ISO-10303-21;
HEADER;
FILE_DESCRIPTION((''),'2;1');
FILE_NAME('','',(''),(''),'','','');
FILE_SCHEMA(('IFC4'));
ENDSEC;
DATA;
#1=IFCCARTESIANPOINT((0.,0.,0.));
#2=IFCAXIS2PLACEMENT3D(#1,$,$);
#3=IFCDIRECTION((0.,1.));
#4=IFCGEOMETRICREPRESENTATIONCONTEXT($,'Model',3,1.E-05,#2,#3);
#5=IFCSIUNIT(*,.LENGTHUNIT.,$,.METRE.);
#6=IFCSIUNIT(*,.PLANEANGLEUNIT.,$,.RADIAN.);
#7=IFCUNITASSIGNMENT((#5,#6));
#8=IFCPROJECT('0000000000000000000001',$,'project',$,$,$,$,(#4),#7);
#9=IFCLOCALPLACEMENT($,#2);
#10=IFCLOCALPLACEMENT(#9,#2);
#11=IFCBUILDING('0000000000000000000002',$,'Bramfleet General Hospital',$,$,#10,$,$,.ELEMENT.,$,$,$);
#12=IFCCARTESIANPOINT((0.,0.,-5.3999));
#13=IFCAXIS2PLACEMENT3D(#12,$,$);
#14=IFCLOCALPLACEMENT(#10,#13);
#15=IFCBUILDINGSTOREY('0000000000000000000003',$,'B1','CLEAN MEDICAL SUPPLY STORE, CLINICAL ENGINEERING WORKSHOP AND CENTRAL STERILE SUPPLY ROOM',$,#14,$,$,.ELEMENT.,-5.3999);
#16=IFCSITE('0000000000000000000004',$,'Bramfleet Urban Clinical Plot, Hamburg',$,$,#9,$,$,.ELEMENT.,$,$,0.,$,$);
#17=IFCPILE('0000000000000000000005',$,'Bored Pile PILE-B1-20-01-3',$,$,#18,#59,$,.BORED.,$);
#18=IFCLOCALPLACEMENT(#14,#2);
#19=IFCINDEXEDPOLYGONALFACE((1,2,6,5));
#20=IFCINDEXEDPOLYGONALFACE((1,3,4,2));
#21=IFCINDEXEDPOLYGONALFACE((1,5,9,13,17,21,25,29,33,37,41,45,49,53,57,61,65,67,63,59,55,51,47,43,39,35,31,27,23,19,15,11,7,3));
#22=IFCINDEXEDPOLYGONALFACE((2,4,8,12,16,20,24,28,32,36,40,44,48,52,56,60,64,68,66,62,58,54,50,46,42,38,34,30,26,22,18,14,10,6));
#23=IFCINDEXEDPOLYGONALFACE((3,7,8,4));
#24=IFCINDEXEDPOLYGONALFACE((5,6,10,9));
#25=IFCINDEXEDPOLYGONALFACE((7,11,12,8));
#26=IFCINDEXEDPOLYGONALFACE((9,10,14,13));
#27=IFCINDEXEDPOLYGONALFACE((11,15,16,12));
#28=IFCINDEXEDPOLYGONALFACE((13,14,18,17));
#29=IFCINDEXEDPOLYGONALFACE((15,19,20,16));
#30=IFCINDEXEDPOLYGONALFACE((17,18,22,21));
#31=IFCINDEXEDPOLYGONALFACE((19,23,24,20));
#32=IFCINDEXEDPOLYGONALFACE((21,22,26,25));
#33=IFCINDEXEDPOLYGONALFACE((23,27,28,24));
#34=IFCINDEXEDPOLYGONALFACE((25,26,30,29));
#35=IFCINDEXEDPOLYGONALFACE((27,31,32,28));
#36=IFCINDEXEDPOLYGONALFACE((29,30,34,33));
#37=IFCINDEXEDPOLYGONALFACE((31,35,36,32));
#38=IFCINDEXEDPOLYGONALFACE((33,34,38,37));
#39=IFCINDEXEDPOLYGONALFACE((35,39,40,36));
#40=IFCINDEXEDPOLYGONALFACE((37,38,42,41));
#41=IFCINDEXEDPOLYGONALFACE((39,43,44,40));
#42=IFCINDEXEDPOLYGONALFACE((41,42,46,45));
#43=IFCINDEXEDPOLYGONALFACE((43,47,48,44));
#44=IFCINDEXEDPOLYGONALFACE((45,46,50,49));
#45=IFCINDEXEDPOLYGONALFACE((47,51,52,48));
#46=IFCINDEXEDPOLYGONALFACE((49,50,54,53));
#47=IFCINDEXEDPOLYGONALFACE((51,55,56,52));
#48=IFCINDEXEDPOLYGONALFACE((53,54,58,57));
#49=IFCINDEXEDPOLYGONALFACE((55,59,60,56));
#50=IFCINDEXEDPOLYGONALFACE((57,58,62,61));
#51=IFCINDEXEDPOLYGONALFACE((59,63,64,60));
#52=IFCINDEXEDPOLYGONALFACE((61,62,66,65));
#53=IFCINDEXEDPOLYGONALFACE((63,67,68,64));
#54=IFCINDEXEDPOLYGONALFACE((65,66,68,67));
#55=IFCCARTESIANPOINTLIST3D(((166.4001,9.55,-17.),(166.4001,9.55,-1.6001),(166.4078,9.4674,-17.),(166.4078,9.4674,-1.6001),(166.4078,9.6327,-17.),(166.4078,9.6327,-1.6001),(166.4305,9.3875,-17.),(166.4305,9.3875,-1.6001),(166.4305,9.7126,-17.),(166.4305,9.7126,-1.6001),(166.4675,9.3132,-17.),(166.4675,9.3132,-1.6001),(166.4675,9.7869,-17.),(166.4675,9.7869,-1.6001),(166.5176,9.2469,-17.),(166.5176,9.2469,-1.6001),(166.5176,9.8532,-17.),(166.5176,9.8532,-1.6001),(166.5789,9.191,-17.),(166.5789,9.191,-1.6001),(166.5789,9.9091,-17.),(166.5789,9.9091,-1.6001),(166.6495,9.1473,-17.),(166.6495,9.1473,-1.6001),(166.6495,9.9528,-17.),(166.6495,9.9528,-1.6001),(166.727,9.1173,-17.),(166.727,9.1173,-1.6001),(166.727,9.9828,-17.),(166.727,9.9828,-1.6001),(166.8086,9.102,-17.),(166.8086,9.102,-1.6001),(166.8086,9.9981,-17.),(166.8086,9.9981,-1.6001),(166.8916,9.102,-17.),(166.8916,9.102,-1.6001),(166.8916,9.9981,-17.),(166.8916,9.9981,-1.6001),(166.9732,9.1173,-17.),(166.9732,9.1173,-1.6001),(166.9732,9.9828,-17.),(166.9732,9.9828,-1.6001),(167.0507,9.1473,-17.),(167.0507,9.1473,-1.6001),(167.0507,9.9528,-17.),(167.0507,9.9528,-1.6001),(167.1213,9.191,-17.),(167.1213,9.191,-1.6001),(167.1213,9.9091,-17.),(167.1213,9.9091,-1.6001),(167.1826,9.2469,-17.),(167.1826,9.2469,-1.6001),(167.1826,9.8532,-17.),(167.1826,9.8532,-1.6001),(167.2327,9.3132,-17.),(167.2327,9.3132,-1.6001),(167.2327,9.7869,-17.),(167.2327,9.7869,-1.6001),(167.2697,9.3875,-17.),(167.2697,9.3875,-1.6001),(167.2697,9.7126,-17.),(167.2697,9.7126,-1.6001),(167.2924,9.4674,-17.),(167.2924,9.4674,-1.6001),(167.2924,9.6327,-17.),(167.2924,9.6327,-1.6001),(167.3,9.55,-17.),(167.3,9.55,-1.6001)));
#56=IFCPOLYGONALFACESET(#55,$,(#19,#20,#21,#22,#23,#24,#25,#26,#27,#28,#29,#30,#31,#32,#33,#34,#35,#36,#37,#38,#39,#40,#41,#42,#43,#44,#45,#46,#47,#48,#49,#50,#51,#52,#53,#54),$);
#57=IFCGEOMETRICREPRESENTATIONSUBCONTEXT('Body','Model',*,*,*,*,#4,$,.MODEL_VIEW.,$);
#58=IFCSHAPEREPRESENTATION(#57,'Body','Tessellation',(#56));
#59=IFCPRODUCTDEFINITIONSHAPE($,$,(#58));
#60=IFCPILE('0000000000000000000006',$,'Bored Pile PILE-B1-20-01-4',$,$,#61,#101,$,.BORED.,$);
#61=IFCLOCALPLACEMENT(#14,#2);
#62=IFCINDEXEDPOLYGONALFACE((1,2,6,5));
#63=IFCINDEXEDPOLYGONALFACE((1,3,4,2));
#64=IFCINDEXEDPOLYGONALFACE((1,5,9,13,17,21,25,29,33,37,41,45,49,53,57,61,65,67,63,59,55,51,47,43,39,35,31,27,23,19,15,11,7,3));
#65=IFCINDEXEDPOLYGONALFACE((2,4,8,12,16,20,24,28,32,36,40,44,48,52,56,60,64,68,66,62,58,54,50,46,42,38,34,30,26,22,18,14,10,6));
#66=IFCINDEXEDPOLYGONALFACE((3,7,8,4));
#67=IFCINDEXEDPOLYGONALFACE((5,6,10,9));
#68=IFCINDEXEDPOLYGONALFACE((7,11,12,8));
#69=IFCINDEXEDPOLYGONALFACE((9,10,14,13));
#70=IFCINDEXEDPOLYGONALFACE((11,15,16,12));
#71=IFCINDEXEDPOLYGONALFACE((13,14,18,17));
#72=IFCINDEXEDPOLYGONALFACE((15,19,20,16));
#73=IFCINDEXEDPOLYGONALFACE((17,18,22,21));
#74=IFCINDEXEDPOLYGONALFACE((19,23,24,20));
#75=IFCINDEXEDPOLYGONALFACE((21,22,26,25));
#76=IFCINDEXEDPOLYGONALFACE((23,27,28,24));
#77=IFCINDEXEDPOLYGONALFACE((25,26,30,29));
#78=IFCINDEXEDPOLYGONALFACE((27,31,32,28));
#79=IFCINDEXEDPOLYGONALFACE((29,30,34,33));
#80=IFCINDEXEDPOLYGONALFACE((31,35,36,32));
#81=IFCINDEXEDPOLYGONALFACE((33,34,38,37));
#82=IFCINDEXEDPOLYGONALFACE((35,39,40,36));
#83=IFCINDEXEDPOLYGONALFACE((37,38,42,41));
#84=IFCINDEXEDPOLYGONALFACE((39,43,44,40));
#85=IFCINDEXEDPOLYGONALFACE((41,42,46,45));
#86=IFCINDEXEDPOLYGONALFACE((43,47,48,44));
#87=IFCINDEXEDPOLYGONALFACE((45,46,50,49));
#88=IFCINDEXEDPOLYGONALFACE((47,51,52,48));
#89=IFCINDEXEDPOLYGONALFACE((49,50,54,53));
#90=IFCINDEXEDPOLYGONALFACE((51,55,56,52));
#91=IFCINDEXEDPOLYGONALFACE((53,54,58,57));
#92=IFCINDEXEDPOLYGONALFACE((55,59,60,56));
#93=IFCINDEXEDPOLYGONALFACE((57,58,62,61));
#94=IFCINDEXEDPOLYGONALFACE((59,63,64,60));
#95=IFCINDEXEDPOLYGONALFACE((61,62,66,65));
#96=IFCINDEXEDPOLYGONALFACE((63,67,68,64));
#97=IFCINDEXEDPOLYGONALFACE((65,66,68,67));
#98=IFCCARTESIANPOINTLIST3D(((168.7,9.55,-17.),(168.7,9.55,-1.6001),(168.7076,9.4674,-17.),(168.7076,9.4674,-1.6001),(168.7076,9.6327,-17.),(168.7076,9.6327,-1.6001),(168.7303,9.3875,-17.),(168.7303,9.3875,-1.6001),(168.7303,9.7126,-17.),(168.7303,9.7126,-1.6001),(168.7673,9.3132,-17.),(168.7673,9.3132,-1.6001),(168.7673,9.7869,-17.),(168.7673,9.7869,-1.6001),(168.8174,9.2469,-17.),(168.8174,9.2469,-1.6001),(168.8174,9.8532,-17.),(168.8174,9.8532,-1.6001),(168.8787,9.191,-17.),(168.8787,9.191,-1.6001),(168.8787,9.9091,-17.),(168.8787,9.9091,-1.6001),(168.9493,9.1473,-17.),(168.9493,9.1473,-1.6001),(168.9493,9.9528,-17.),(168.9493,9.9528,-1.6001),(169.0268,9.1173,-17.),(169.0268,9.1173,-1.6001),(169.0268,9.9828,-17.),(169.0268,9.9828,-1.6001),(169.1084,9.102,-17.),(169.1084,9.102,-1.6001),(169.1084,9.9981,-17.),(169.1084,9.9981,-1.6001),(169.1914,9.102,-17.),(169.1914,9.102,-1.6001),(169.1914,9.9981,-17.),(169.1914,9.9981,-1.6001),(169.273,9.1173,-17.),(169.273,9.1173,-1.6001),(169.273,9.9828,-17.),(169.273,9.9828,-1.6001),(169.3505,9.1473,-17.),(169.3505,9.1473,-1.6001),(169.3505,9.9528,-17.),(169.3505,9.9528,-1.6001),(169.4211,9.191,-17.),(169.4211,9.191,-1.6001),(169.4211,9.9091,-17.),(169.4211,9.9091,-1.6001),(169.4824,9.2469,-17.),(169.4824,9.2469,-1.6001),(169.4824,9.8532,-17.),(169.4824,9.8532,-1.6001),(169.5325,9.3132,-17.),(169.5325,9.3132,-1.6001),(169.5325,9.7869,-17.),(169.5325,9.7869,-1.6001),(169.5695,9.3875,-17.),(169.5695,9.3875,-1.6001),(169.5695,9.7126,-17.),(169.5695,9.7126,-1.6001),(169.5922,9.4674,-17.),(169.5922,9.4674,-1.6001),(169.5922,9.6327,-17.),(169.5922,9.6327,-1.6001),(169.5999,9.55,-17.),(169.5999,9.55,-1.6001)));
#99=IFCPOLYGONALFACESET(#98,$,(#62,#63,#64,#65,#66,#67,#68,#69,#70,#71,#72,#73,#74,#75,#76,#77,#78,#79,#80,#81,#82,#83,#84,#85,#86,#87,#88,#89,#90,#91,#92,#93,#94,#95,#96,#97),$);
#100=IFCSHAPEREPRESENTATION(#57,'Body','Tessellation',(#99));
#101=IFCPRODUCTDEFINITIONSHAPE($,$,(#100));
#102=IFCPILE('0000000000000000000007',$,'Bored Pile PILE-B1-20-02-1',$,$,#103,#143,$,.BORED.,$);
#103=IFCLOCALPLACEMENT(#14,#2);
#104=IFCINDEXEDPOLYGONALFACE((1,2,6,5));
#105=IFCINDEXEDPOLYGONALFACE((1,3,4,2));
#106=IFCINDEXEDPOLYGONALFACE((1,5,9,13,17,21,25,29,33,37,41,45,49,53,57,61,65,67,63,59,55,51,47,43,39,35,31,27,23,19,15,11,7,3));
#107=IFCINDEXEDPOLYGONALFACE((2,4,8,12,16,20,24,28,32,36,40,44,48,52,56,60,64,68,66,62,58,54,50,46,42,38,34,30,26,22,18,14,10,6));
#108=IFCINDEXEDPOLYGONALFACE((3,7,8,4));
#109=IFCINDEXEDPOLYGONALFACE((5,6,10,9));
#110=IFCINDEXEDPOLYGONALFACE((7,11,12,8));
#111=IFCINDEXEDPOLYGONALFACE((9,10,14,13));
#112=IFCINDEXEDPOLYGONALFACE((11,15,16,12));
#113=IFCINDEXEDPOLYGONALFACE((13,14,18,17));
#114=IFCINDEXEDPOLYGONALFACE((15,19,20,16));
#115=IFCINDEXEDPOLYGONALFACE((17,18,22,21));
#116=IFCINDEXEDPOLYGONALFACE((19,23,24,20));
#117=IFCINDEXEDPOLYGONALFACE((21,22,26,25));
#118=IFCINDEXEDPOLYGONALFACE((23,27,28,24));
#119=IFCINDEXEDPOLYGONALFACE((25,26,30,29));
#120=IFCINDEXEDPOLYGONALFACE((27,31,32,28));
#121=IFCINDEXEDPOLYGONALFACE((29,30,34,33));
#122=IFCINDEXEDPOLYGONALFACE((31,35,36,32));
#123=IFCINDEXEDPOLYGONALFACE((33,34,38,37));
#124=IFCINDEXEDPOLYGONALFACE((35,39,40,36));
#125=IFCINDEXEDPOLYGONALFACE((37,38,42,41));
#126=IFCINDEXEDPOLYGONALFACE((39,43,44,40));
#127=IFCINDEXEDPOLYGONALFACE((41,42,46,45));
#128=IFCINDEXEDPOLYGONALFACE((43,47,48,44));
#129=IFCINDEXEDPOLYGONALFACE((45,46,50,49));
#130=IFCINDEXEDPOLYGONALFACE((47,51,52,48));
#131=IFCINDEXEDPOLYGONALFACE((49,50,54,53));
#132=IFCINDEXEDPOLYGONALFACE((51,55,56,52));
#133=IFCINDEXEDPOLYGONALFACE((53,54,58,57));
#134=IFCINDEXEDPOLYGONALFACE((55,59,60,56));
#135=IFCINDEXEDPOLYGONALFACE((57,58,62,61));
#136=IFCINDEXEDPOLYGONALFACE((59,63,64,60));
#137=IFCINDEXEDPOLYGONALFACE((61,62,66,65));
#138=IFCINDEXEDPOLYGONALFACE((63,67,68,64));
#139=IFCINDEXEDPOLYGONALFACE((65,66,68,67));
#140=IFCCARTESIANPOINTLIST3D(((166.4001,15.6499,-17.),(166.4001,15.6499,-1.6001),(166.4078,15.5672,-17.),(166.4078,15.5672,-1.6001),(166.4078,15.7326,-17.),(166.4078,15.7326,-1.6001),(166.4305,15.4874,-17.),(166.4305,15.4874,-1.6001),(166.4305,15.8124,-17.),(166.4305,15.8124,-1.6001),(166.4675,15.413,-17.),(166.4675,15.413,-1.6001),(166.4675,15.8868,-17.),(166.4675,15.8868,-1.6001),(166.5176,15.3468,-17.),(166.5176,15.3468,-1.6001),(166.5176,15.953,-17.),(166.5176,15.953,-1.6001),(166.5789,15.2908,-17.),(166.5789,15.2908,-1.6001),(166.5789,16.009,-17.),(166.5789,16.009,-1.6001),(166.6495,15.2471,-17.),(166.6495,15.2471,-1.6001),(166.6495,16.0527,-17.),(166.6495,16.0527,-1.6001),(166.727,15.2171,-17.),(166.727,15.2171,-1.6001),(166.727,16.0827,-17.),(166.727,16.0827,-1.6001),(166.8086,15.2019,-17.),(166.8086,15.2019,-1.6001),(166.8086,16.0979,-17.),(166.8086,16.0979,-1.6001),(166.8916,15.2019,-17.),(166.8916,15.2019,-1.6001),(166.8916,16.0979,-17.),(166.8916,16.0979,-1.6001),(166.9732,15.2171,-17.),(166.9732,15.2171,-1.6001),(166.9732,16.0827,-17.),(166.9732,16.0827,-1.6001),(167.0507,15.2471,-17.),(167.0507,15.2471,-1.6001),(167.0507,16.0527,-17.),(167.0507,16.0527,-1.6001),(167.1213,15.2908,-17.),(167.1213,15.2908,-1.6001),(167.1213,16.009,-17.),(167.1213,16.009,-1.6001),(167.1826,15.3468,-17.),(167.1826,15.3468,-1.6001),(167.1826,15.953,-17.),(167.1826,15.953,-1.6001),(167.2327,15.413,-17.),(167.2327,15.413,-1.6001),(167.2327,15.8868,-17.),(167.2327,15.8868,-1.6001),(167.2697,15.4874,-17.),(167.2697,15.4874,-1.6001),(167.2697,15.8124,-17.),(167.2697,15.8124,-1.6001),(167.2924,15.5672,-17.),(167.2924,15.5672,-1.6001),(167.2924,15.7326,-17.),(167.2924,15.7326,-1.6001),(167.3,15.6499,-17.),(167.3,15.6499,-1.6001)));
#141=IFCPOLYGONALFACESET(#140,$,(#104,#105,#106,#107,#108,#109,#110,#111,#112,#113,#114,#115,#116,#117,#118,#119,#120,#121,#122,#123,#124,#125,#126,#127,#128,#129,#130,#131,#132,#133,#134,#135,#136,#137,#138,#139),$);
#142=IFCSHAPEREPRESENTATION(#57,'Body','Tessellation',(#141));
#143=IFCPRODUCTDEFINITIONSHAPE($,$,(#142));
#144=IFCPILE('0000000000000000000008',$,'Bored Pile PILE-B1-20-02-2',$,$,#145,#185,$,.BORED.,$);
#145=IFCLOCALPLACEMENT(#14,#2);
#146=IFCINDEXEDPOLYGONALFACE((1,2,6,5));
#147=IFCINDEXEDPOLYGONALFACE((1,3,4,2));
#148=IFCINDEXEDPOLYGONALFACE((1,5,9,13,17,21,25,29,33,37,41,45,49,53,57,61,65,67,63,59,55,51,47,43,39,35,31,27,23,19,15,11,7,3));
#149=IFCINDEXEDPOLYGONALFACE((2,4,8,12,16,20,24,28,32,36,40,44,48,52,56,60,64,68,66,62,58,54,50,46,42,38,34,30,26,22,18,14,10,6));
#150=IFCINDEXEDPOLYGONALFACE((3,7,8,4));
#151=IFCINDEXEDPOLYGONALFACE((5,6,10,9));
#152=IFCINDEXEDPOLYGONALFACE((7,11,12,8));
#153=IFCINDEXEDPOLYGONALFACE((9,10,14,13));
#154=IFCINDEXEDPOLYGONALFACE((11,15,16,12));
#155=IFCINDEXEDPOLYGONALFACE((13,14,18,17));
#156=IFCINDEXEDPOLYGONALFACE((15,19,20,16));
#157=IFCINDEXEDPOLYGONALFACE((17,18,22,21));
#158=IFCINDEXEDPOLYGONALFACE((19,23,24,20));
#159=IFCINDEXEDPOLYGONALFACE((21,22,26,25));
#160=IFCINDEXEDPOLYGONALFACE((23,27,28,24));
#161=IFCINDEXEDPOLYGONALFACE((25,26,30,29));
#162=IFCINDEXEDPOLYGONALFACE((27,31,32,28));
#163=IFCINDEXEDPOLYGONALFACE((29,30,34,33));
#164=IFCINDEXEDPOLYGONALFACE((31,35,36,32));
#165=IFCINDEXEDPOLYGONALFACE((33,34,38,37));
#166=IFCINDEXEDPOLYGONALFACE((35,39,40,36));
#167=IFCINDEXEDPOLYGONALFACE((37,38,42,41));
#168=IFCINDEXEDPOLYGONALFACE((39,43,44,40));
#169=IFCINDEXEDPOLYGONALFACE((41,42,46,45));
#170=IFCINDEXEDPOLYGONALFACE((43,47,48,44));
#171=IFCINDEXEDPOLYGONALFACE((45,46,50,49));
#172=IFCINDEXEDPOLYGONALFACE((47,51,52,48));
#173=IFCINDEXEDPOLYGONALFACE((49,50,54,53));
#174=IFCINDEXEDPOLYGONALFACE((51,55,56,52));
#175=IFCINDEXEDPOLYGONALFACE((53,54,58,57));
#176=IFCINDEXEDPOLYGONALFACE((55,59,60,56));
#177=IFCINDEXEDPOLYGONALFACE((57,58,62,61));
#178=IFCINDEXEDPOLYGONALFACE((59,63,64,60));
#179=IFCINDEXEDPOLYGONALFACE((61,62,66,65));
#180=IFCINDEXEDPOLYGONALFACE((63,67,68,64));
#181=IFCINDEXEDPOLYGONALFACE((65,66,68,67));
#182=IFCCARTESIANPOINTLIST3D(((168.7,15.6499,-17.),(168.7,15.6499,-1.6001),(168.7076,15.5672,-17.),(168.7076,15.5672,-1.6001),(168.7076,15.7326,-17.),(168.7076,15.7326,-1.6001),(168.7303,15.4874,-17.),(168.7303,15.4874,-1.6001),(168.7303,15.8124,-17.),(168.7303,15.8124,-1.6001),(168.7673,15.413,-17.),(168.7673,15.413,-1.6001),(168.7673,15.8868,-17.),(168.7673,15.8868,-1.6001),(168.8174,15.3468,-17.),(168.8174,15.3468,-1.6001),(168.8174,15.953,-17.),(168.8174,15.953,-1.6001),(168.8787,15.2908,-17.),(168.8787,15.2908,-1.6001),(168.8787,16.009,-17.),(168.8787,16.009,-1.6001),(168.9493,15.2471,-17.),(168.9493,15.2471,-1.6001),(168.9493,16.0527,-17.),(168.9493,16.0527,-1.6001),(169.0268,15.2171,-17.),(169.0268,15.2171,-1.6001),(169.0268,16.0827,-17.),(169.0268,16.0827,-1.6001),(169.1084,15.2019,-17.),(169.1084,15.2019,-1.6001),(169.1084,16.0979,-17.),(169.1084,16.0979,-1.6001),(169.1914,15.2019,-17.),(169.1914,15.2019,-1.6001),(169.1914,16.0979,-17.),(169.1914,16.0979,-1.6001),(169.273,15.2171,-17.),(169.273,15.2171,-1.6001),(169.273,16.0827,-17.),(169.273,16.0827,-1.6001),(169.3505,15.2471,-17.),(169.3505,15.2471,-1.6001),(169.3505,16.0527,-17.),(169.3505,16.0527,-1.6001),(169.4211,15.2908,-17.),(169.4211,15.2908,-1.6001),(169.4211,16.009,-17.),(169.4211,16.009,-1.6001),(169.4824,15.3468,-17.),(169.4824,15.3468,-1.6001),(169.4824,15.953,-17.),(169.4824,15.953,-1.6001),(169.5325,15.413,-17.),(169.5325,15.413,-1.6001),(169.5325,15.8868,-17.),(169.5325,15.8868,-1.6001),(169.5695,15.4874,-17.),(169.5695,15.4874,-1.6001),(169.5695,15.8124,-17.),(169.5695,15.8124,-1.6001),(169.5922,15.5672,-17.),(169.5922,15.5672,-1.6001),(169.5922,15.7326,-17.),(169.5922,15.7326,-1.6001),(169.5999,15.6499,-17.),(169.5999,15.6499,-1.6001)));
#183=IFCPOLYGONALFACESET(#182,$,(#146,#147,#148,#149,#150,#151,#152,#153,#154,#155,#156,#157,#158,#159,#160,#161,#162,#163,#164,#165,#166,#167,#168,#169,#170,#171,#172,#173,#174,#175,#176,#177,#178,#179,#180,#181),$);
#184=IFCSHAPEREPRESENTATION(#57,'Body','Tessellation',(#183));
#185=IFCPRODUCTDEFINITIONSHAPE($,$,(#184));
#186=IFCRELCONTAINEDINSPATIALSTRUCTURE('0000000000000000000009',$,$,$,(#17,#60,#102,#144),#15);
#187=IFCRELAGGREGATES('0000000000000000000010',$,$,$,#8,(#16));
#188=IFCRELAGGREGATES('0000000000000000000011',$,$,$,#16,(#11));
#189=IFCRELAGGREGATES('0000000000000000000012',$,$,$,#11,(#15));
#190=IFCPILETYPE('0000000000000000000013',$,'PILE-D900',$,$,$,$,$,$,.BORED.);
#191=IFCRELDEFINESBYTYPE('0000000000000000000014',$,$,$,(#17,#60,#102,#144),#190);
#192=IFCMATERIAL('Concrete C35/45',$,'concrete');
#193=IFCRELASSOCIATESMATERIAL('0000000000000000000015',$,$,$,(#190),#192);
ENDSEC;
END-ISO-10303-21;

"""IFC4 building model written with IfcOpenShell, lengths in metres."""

from ifc_helpers import new_model, si_unit, direction, frame, origin, origin_2d, place, context, subcontext, project, spatial, circle, extrude, material, material_profile, profile_set, type_object, element, save


model = new_model("IFC4")

# Units and contexts
model_context = context("Model", 3, precision=1e-05, world=origin(), true_north=direction((0.0, 1.0)))
body_context = subcontext(model_context, "Body", "Model", "MODEL_VIEW")
ifc_project = project(units=[si_unit("LENGTHUNIT", "METRE"), si_unit("PLANEANGLEUNIT", "RADIAN")], contexts=[model_context])

# Site, building, storey
site_placement = place(None, origin())
site = spatial("IfcSite", under=ifc_project, at=site_placement, Name="Bramfleet Urban Clinical Plot, Hamburg", CompositionType="ELEMENT", RefElevation=0.0)
building_placement = place(site_placement, origin())
building = spatial("IfcBuilding", under=site, at=building_placement, Name="Bramfleet General Hospital", CompositionType="ELEMENT")
storey_placement = place(building_placement, frame((0.0, 0.0, -5.3999)))
storey = spatial("IfcBuildingStorey", under=building, at=storey_placement, Name="B1", Description="CLEAN MEDICAL SUPPLY STORE, CLINICAL ENGINEERING WORKSHOP AND CENTRAL STERILE SUPPLY ROOM", CompositionType="ELEMENT", Elevation=-5.3999)

# Shared definitions
ifc_material_1 = material(Name="Concrete C35/45", Category="concrete")

# Piles
ifc_material_profile_1 = material_profile(ifc_material_1, circle(Radius=0.45, at=origin_2d()), Name="PILE BORED D900")
ifc_profile_set_1 = profile_set([ifc_material_profile_1], Name="Concrete C35/45")
pile_type_1 = type_object("IfcPileType", Name="PILE-D900", PredefinedType="BORED", material=ifc_profile_set_1)
for number, where, z_axis, x_axis, name in (
    (1, (166.8501, 9.55, -1.6001), (0.0, 0.0, -1.0), (1.0, 0.0, 0.0), "Bored Pile PILE-B1-20-01-3"),
    (2, (169.1499, 9.55, -1.6001), (0.0, 0.0, -1.0), (1.0, 0.0, 0.0), "Bored Pile PILE-B1-20-01-4"),
    (3, (166.8501, 15.6499, -1.6001), (0.0, 0.0, -1.0), (1.0, 0.0, 0.0), "Bored Pile PILE-B1-20-02-1"),
    (4, (169.1499, 15.6499, -1.6001), (0.0, 0.0, -1.0), (1.0, 0.0, 0.0), "Bored Pile PILE-B1-20-02-2"),
):
    element("IfcPile", number, at=place(storey_placement, frame(where, z_axis=z_axis, x_axis=x_axis)), inside=storey, type_object=pile_type_1, Name=name, PredefinedType="BORED", context=body_context, shape_type="SweptSolid", body=[
        extrude(circle(Radius=0.45, at=origin_2d()), origin(), (0.0, 0.0, 1.0), 15.3999),
    ])

save(model, "model.ifc")
